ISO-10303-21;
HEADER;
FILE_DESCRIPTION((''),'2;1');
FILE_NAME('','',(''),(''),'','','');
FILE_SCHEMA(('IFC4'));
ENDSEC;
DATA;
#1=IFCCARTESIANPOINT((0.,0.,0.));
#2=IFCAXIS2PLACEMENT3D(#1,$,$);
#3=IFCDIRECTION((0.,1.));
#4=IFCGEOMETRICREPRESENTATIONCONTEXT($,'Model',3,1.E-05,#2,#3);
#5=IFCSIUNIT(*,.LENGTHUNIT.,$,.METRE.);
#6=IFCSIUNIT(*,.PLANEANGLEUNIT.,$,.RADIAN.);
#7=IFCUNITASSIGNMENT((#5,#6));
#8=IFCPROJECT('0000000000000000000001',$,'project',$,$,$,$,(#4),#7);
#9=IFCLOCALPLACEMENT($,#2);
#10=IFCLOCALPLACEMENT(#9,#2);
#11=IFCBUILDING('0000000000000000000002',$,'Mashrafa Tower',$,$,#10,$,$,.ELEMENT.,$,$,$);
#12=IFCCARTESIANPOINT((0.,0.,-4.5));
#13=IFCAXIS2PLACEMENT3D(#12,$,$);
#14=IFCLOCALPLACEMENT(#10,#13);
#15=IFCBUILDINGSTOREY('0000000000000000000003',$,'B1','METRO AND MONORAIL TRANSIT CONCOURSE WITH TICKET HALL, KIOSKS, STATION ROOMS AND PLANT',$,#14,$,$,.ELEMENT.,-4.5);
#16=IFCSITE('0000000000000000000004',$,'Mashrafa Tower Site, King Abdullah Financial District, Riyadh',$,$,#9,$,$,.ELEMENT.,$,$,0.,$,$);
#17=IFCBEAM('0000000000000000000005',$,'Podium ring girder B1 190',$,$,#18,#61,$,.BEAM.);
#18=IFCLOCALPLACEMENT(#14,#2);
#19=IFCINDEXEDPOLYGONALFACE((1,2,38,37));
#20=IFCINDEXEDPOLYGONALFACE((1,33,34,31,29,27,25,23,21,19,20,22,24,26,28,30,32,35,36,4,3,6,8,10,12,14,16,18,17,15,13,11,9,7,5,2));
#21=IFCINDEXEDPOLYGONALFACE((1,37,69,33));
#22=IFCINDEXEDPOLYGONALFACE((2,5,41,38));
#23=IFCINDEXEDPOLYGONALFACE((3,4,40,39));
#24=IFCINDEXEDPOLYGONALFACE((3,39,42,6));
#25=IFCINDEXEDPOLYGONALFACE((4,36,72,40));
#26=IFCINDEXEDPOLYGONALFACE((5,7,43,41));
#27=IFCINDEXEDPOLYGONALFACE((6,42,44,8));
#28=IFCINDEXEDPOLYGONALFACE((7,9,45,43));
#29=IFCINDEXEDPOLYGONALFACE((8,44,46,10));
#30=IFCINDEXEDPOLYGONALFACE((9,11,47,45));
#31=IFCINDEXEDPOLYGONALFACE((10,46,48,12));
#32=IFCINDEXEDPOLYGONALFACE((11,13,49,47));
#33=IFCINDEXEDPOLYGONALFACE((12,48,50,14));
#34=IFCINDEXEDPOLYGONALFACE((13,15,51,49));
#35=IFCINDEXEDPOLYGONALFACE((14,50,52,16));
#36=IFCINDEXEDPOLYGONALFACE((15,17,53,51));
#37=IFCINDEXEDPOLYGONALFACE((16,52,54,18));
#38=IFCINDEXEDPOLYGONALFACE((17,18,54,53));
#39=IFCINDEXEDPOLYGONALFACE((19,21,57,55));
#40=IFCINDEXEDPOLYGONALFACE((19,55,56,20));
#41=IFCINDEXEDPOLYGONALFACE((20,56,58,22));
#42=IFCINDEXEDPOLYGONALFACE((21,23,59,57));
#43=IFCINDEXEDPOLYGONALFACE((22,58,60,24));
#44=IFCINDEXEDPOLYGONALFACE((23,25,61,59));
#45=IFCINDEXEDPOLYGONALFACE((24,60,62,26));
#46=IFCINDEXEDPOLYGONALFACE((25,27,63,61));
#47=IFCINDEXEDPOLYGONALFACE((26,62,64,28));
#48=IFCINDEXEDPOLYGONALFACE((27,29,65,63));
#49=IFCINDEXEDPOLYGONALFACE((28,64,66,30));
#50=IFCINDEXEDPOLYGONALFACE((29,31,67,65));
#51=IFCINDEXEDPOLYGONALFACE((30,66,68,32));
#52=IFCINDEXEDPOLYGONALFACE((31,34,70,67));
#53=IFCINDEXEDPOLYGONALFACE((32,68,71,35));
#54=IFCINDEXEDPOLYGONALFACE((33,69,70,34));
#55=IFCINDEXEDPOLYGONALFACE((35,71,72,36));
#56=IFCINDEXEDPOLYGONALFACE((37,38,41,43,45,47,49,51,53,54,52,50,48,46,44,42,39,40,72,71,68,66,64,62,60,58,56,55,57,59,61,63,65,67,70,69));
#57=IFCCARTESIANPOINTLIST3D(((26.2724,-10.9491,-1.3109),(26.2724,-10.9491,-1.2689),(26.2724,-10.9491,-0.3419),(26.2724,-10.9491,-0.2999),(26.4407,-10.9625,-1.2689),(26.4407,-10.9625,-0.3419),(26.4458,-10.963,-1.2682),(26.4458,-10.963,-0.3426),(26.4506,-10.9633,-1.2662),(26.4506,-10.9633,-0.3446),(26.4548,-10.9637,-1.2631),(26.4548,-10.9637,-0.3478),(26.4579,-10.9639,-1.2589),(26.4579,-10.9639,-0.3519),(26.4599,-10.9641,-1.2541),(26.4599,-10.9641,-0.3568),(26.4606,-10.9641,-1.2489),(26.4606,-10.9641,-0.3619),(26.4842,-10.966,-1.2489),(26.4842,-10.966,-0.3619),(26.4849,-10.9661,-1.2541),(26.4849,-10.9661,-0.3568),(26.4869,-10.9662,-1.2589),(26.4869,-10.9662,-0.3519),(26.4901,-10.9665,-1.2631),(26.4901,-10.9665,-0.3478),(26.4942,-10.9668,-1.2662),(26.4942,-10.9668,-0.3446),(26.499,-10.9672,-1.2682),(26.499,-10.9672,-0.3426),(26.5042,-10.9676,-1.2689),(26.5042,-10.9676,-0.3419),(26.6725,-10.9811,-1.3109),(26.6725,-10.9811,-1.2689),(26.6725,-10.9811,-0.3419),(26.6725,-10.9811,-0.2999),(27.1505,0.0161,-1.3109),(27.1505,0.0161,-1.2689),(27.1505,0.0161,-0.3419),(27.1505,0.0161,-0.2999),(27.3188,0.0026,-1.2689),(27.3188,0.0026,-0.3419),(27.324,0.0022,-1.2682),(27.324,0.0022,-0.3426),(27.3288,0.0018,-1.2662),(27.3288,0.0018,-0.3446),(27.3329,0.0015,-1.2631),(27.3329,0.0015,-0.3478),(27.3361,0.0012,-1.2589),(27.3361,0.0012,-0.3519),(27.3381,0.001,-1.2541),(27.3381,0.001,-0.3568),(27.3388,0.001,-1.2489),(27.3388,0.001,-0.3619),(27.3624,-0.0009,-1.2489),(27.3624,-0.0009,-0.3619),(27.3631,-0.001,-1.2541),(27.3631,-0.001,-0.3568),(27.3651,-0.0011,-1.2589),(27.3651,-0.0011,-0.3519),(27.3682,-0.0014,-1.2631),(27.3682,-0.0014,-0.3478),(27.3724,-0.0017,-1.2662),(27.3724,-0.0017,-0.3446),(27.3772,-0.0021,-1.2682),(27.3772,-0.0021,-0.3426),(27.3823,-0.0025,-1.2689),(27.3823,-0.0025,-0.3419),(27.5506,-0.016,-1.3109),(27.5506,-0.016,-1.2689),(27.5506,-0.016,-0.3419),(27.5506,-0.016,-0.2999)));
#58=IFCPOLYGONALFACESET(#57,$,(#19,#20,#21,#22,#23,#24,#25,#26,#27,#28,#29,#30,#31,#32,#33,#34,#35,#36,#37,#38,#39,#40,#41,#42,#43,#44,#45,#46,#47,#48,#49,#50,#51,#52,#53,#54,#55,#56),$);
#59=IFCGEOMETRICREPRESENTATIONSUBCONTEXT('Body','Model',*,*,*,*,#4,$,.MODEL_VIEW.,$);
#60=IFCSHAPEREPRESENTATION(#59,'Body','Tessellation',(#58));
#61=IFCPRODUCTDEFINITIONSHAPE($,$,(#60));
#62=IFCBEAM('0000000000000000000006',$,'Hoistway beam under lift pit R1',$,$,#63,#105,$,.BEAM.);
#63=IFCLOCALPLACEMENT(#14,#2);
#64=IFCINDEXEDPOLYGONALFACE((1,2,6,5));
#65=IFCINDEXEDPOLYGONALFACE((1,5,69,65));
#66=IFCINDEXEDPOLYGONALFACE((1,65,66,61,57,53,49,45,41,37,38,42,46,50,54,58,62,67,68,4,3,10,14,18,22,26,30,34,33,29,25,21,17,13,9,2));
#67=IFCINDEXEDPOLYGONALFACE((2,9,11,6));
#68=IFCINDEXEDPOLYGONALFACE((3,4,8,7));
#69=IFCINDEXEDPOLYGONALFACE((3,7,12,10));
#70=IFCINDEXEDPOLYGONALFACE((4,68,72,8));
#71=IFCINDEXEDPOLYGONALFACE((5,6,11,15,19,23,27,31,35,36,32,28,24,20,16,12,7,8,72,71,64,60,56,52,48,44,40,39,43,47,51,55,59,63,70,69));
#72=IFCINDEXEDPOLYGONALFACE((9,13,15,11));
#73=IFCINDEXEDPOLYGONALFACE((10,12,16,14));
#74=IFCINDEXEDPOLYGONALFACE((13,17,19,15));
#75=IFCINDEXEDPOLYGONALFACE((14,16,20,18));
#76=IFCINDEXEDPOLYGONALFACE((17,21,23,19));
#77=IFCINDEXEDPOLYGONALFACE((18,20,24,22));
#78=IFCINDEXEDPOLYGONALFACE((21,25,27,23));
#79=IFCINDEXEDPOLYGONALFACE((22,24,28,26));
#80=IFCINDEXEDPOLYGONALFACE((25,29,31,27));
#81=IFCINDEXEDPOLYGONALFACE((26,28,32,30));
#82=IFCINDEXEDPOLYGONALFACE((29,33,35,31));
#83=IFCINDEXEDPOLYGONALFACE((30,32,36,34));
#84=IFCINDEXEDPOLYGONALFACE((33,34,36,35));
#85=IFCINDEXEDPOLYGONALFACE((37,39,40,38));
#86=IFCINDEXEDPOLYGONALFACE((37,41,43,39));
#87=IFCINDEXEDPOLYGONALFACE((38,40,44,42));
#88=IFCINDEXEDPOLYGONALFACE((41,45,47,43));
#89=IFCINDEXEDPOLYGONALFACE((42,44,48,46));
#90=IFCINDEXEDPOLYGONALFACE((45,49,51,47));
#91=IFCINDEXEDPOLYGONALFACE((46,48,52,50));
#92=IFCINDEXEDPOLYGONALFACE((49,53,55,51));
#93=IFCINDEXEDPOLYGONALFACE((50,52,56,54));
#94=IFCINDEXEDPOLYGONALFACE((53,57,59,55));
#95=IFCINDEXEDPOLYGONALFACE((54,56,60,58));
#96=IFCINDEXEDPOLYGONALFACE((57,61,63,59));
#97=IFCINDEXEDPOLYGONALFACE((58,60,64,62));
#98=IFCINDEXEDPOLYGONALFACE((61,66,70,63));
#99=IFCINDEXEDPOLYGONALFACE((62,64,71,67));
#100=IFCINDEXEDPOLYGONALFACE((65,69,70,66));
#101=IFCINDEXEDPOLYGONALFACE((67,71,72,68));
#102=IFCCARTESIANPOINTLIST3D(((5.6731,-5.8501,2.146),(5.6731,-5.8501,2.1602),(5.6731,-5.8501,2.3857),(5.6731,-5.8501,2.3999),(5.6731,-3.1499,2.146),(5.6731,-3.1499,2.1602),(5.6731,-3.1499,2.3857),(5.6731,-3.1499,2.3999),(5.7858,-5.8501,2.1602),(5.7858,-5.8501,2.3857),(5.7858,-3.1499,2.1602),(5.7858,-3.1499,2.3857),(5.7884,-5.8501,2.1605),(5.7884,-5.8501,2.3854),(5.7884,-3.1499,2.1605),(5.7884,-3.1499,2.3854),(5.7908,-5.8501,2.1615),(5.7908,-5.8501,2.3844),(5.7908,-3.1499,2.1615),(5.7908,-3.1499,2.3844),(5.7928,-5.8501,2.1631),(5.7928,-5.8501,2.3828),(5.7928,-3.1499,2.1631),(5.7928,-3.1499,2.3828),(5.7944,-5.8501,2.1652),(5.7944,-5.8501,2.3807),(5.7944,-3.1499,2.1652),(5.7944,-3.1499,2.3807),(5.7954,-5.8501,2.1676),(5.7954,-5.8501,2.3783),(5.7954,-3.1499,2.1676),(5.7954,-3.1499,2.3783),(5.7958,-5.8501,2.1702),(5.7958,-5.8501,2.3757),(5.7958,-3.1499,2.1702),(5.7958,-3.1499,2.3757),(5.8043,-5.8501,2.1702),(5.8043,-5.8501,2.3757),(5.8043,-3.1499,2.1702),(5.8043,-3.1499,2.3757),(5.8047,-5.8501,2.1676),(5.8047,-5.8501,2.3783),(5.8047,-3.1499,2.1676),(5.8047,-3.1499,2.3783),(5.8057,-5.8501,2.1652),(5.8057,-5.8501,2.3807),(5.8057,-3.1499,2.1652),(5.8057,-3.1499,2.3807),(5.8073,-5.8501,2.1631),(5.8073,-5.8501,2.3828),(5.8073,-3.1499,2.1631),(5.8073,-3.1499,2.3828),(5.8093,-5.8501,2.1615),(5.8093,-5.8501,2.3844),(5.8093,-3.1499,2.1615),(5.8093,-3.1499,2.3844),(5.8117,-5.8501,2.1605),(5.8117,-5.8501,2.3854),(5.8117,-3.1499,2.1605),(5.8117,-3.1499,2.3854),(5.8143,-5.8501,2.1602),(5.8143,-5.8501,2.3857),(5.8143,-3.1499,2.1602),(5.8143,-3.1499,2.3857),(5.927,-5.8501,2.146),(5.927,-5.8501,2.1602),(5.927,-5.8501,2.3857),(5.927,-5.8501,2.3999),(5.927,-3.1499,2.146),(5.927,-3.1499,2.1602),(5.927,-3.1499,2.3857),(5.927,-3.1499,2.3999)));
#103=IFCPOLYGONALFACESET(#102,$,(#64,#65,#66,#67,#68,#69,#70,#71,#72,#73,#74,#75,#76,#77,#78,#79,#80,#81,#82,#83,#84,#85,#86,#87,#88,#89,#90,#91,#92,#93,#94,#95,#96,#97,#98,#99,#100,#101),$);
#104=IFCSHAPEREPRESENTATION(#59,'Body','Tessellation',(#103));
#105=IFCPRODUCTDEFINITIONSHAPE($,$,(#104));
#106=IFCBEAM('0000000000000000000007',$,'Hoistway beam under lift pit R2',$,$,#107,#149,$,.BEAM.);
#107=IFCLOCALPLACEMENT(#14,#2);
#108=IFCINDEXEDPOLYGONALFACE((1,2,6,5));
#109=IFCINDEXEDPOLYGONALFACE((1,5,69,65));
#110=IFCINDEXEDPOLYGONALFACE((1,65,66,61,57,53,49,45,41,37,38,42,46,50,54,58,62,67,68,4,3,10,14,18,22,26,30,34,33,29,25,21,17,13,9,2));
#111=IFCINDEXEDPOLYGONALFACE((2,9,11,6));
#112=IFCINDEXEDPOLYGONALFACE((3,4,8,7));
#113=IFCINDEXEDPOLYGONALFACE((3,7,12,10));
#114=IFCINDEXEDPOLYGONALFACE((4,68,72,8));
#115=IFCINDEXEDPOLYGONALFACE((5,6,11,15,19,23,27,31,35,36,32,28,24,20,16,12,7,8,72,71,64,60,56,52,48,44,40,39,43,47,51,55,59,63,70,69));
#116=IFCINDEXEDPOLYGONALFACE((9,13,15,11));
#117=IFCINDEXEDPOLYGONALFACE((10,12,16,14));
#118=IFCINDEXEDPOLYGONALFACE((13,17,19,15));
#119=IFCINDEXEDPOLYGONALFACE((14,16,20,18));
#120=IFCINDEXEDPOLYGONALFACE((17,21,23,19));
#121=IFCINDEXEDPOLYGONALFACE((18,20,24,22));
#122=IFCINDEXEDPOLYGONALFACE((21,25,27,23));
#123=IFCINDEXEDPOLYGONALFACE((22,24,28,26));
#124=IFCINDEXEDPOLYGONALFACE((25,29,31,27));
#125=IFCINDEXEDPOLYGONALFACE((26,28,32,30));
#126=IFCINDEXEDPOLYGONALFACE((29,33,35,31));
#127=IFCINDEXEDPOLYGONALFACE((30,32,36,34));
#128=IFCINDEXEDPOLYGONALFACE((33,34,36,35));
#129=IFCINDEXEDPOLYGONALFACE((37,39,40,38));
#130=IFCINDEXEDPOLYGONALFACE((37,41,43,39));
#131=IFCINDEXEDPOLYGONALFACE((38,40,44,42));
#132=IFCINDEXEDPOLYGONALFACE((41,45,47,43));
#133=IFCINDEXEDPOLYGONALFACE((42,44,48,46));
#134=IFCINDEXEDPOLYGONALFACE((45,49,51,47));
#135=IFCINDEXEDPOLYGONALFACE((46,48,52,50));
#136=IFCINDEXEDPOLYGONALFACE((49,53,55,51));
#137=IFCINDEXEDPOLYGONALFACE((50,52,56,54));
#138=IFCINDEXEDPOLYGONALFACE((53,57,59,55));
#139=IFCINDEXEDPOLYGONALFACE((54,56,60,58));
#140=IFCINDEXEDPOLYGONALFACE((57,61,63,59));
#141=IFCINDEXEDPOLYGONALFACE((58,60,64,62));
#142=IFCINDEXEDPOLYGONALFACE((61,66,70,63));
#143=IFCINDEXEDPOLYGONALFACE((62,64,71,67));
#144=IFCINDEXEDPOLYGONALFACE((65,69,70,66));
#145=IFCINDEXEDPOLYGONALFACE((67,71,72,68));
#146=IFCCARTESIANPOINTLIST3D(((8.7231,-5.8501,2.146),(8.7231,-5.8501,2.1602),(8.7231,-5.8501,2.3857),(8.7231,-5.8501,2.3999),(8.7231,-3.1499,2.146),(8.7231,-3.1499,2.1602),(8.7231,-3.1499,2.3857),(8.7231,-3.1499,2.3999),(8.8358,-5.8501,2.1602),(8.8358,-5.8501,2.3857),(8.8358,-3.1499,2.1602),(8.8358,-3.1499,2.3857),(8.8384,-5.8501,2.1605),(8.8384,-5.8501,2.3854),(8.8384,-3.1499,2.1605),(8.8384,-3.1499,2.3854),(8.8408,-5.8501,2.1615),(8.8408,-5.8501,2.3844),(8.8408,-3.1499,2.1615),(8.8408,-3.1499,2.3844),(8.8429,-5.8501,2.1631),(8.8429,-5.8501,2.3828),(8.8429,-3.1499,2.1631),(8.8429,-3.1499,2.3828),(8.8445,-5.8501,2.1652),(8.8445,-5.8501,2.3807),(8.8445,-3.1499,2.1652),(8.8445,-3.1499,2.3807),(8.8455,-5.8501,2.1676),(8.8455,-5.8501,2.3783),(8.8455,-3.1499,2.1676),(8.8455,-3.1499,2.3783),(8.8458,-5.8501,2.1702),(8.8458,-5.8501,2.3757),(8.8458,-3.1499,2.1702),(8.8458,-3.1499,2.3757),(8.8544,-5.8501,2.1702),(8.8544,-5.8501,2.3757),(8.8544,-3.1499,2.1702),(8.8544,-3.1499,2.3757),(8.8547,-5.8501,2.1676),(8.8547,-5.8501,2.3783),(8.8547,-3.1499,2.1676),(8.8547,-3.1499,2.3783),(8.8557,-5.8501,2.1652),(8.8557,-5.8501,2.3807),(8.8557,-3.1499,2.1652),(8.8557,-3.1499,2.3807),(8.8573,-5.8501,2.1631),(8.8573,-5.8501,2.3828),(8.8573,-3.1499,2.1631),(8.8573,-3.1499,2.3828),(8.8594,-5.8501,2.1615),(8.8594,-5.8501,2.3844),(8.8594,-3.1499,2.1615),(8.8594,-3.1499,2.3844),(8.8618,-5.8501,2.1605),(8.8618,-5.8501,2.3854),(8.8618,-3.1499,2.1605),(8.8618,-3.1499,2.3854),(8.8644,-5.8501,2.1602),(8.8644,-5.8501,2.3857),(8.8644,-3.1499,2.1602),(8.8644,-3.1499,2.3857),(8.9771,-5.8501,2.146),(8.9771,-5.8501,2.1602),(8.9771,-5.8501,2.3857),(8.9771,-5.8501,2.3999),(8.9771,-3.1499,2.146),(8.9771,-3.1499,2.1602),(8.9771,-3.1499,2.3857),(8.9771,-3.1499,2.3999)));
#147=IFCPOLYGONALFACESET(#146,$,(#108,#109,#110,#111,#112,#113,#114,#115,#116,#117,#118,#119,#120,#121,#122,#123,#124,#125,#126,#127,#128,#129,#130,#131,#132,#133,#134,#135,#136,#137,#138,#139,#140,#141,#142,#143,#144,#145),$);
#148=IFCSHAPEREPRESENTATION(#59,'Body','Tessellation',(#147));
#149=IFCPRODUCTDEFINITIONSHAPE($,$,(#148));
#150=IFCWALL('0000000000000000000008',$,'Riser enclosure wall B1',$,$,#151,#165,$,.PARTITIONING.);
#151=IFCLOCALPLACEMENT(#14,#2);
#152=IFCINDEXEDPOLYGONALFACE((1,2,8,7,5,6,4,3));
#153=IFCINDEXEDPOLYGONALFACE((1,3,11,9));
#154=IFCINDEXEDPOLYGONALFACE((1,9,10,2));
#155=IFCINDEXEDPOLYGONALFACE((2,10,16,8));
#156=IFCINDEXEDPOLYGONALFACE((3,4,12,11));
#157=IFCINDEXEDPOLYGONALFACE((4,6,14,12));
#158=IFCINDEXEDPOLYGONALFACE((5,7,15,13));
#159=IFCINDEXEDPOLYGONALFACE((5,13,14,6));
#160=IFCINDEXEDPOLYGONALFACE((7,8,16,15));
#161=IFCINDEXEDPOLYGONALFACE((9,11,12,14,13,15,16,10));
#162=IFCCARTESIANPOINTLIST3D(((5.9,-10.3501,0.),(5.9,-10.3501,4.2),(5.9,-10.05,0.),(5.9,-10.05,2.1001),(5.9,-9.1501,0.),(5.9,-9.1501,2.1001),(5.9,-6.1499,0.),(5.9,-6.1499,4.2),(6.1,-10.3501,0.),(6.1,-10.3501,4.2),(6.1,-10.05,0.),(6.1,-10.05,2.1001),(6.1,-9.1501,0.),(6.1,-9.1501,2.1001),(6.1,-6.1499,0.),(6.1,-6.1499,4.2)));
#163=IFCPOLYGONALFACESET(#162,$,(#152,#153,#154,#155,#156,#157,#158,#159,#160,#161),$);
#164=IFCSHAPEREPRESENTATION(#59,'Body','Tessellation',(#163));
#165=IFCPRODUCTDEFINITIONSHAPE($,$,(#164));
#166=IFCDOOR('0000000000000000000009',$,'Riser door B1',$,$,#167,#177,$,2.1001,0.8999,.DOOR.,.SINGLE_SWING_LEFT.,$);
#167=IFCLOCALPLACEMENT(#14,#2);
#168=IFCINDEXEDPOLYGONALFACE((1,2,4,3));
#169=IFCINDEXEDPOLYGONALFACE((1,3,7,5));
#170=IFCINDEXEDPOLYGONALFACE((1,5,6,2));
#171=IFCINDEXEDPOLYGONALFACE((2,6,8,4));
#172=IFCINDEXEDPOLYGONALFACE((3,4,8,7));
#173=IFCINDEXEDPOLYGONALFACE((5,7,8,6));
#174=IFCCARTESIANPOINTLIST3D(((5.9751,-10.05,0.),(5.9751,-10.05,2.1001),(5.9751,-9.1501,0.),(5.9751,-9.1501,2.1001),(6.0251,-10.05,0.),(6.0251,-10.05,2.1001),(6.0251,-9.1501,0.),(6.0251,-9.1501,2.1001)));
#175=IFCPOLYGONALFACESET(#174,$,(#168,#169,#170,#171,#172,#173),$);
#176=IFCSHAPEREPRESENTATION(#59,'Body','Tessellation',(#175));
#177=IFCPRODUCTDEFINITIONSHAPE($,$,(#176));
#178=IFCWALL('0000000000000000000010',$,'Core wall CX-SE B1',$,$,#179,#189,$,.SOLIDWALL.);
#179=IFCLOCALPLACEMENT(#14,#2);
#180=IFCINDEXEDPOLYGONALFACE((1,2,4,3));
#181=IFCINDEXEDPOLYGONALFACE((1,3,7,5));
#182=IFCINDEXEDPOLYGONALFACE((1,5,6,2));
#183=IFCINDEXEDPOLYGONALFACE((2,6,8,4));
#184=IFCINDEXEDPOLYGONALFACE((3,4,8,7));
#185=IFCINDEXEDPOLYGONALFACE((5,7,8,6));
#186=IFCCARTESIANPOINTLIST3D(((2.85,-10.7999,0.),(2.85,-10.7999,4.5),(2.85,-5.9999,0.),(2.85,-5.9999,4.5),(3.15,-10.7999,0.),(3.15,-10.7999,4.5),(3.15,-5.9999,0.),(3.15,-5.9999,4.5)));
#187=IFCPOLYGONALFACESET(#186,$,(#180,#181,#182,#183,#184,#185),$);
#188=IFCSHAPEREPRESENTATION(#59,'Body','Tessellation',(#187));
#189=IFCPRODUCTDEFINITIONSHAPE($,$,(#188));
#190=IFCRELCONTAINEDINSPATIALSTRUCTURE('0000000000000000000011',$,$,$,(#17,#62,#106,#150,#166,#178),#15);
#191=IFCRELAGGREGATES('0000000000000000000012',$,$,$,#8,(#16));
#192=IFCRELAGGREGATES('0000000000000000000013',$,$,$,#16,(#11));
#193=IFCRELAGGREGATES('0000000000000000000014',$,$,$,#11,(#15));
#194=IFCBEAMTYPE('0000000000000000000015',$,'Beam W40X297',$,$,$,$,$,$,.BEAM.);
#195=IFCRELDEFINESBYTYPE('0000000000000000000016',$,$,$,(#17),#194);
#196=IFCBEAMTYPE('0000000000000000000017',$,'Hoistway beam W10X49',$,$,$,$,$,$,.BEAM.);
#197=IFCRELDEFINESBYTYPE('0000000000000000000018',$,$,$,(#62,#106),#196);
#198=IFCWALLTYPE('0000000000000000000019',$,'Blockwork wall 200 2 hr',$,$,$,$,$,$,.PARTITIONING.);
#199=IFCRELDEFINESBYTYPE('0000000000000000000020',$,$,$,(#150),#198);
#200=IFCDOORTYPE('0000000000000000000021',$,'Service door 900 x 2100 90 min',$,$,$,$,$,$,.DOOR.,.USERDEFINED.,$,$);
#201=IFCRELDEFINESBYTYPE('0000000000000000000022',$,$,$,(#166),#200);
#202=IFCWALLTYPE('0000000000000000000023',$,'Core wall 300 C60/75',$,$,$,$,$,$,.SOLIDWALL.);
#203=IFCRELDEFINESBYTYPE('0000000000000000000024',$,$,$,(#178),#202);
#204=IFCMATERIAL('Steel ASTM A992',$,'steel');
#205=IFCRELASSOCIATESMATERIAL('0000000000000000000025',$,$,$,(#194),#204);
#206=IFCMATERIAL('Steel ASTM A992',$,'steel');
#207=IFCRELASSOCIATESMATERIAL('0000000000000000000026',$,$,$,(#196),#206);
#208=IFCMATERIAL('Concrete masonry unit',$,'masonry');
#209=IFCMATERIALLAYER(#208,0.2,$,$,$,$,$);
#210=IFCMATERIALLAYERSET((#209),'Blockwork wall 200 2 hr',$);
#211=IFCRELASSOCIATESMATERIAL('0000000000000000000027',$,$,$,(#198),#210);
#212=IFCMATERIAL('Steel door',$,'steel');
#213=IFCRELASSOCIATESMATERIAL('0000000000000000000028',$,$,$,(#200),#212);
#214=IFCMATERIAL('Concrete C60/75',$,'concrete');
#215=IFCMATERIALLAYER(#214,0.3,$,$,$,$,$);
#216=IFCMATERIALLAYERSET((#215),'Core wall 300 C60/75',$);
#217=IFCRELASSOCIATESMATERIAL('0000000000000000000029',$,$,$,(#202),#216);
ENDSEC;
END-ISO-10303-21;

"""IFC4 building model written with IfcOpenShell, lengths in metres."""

from ifc_helpers import new_model, si_unit, direction, frame, frame_2d, origin, origin_2d, place, context, subcontext, project, spatial, rectangle, i_section, extrude, material, layer, layer_set, material_profile, profile_set, type_object, element, fill, save


model = new_model("IFC4")

# Units and contexts
model_context = context("Model", 3, precision=1e-05, world=origin(), true_north=direction((0.0, 1.0)))
body_context = subcontext(model_context, "Body", "Model", "MODEL_VIEW")
ifc_project = project(units=[si_unit("LENGTHUNIT", "METRE"), si_unit("PLANEANGLEUNIT", "RADIAN")], contexts=[model_context])

# Site, building, storey
site_placement = place(None, origin())
site = spatial("IfcSite", under=ifc_project, at=site_placement, Name="Mashrafa Tower Site, King Abdullah Financial District, Riyadh", CompositionType="ELEMENT", RefElevation=0.0)
building_placement = place(site_placement, origin())
building = spatial("IfcBuilding", under=site, at=building_placement, Name="Mashrafa Tower", CompositionType="ELEMENT")
storey_placement = place(building_placement, frame((0.0, 0.0, -4.5)))
storey = spatial("IfcBuildingStorey", under=building, at=storey_placement, Name="B1", Description="METRO AND MONORAIL TRANSIT CONCOURSE WITH TICKET HALL, KIOSKS, STATION ROOMS AND PLANT", CompositionType="ELEMENT", Elevation=-4.5)

# Beams
ifc_material_1 = material(Name="Steel ASTM A992", Category="steel")
ifc_material_profile_1 = material_profile(ifc_material_1, i_section(OverallWidth=0.4014, OverallDepth=1.011, WebThickness=0.0237, FlangeThickness=0.042, FilletRadius=0.02, at=origin_2d()), Name="W40X297")
ifc_profile_set_1 = profile_set([ifc_material_profile_1], Name="Steel ASTM A992")
beam_type_1 = type_object("IfcBeamType", Name="Beam W40X297", PredefinedType="BEAM", material=ifc_profile_set_1)
beam_1_placement = place(storey_placement, frame((26.4724, -10.9651, -0.8054), z_axis=(0.079833, 0.996808, 0.0), x_axis=(-0.996808, 0.079833, 0.0)))
element("IfcBeam", 1, at=beam_1_placement, inside=storey, type_object=beam_type_1, Name="Podium ring girder B1 190", PredefinedType="BEAM", context=body_context, shape_type="SweptSolid", body=[
    extrude(i_section(OverallWidth=0.4014, OverallDepth=1.011, WebThickness=0.0237, FlangeThickness=0.042, FilletRadius=0.02, at=origin_2d()), origin(), (0.0, 0.0, 1.0), 11.0002),
])
ifc_material_2 = material(Name="Steel ASTM A992", Category="steel")
ifc_material_profile_2 = material_profile(ifc_material_2, i_section(OverallWidth=0.2539, OverallDepth=0.2539, WebThickness=0.0085, FlangeThickness=0.0142, FilletRadius=0.01, at=origin_2d()), Name="W10X49")
ifc_profile_set_2 = profile_set([ifc_material_profile_2], Name="Steel ASTM A992")
beam_type_2 = type_object("IfcBeamType", Name="Hoistway beam W10X49", PredefinedType="BEAM", material=ifc_profile_set_2)
for number, where, z_axis, x_axis, name in (
    (2, (5.8, -5.8501, 2.2729), (0.0, 1.0, 0.0), (-1.0, 0.0, 0.0), "Hoistway beam under lift pit R1"),
    (3, (8.8501, -5.8501, 2.2729), (0.0, 1.0, 0.0), (-1.0, 0.0, 0.0), "Hoistway beam under lift pit R2"),
):
    element("IfcBeam", number, at=place(storey_placement, frame(where, z_axis=z_axis, x_axis=x_axis)), inside=storey, type_object=beam_type_2, Name=name, PredefinedType="BEAM", context=body_context, shape_type="SweptSolid", body=[
        extrude(i_section(OverallWidth=0.2539, OverallDepth=0.2539, WebThickness=0.0085, FlangeThickness=0.0142, FilletRadius=0.01, at=origin_2d()), origin(), (0.0, 0.0, 1.0), 2.7002),
    ])

# Wall, opening, door
ifc_material_3 = material(Name="Concrete masonry unit", Category="masonry")
ifc_layer_1 = layer(ifc_material_3, 0.2)
ifc_layer_set_1 = layer_set([ifc_layer_1], Name="Blockwork wall 200 2 hr")
wall_type_1 = type_object("IfcWallType", Name="Blockwork wall 200 2 hr", PredefinedType="PARTITIONING", material=ifc_layer_set_1)
wall_1_placement = place(storey_placement, frame((6.0, -10.3501, 0.0), z_axis=(0.0, 0.0, 1.0), x_axis=(0.0, 1.0, 0.0)))
wall_1 = element("IfcWall", 4, at=wall_1_placement, inside=storey, type_object=wall_type_1, Name="Riser enclosure wall B1", PredefinedType="PARTITIONING", context=body_context, shape_type="SweptSolid", body=[
    extrude(rectangle(XDim=4.2002, YDim=0.2, at=frame_2d((2.1001, 0.0))), origin(), (0.0, 0.0, 1.0), 4.2),
])
opening_1_placement = place(wall_1_placement, frame((0.3, 0.0, 0.0)))
opening_1 = element("IfcOpeningElement", 5, at=opening_1_placement, cuts=wall_1, PredefinedType="OPENING", context=body_context, shape_type="SweptSolid", body=[
    extrude(rectangle(XDim=0.8999, YDim=2.1001, at=frame_2d((0.45, 1.05))), frame((0.0, 0.1099, 0.0), z_axis=(0.0, -1.0, 0.0), x_axis=(1.0, 0.0, 0.0)), (0.0, 0.0, 1.0), 0.22),
])
ifc_material_4 = material(Name="Steel door", Category="steel")
door_type_1 = type_object("IfcDoorType", Name="Service door 900 x 2100 90 min", OperationType="USERDEFINED", PredefinedType="DOOR", material=ifc_material_4)
door_1_placement = place(opening_1_placement, origin())
door_1 = element("IfcDoor", 6, at=door_1_placement, inside=storey, type_object=door_type_1, Name="Riser door B1", OperationType="SINGLE_SWING_LEFT", OverallHeight=2.1001, OverallWidth=0.8999, PredefinedType="DOOR", context=body_context, shape_type="SweptSolid", body=[
    extrude(rectangle(XDim=0.8999, YDim=2.1001, at=frame_2d((0.45, 1.05))), frame((0.0, 0.0249, 0.0), z_axis=(0.0, -1.0, 0.0), x_axis=(1.0, 0.0, 0.0)), (0.0, 0.0, 1.0), 0.05),
])
fill(opening_1, door_1)

# Wall
ifc_material_5 = material(Name="Concrete C60/75", Category="concrete")
ifc_layer_2 = layer(ifc_material_5, 0.3)
ifc_layer_set_2 = layer_set([ifc_layer_2], Name="Core wall 300 C60/75")
wall_type_2 = type_object("IfcWallType", Name="Core wall 300 C60/75", PredefinedType="SOLIDWALL", material=ifc_layer_set_2)
wall_2_placement = place(storey_placement, frame((3.0, -6.0, 0.0), z_axis=(0.0, 0.0, 1.0), x_axis=(0.0, -1.0, 0.0)))
element("IfcWall", 7, at=wall_2_placement, inside=storey, type_object=wall_type_2, Name="Core wall CX-SE B1", PredefinedType="SOLIDWALL", context=body_context, shape_type="SweptSolid", body=[
    extrude(rectangle(XDim=4.8, YDim=0.3, at=frame_2d((2.3999, 0.0))), origin(), (0.0, 0.0, 1.0), 4.5),
])

save(model, "model.ifc")
